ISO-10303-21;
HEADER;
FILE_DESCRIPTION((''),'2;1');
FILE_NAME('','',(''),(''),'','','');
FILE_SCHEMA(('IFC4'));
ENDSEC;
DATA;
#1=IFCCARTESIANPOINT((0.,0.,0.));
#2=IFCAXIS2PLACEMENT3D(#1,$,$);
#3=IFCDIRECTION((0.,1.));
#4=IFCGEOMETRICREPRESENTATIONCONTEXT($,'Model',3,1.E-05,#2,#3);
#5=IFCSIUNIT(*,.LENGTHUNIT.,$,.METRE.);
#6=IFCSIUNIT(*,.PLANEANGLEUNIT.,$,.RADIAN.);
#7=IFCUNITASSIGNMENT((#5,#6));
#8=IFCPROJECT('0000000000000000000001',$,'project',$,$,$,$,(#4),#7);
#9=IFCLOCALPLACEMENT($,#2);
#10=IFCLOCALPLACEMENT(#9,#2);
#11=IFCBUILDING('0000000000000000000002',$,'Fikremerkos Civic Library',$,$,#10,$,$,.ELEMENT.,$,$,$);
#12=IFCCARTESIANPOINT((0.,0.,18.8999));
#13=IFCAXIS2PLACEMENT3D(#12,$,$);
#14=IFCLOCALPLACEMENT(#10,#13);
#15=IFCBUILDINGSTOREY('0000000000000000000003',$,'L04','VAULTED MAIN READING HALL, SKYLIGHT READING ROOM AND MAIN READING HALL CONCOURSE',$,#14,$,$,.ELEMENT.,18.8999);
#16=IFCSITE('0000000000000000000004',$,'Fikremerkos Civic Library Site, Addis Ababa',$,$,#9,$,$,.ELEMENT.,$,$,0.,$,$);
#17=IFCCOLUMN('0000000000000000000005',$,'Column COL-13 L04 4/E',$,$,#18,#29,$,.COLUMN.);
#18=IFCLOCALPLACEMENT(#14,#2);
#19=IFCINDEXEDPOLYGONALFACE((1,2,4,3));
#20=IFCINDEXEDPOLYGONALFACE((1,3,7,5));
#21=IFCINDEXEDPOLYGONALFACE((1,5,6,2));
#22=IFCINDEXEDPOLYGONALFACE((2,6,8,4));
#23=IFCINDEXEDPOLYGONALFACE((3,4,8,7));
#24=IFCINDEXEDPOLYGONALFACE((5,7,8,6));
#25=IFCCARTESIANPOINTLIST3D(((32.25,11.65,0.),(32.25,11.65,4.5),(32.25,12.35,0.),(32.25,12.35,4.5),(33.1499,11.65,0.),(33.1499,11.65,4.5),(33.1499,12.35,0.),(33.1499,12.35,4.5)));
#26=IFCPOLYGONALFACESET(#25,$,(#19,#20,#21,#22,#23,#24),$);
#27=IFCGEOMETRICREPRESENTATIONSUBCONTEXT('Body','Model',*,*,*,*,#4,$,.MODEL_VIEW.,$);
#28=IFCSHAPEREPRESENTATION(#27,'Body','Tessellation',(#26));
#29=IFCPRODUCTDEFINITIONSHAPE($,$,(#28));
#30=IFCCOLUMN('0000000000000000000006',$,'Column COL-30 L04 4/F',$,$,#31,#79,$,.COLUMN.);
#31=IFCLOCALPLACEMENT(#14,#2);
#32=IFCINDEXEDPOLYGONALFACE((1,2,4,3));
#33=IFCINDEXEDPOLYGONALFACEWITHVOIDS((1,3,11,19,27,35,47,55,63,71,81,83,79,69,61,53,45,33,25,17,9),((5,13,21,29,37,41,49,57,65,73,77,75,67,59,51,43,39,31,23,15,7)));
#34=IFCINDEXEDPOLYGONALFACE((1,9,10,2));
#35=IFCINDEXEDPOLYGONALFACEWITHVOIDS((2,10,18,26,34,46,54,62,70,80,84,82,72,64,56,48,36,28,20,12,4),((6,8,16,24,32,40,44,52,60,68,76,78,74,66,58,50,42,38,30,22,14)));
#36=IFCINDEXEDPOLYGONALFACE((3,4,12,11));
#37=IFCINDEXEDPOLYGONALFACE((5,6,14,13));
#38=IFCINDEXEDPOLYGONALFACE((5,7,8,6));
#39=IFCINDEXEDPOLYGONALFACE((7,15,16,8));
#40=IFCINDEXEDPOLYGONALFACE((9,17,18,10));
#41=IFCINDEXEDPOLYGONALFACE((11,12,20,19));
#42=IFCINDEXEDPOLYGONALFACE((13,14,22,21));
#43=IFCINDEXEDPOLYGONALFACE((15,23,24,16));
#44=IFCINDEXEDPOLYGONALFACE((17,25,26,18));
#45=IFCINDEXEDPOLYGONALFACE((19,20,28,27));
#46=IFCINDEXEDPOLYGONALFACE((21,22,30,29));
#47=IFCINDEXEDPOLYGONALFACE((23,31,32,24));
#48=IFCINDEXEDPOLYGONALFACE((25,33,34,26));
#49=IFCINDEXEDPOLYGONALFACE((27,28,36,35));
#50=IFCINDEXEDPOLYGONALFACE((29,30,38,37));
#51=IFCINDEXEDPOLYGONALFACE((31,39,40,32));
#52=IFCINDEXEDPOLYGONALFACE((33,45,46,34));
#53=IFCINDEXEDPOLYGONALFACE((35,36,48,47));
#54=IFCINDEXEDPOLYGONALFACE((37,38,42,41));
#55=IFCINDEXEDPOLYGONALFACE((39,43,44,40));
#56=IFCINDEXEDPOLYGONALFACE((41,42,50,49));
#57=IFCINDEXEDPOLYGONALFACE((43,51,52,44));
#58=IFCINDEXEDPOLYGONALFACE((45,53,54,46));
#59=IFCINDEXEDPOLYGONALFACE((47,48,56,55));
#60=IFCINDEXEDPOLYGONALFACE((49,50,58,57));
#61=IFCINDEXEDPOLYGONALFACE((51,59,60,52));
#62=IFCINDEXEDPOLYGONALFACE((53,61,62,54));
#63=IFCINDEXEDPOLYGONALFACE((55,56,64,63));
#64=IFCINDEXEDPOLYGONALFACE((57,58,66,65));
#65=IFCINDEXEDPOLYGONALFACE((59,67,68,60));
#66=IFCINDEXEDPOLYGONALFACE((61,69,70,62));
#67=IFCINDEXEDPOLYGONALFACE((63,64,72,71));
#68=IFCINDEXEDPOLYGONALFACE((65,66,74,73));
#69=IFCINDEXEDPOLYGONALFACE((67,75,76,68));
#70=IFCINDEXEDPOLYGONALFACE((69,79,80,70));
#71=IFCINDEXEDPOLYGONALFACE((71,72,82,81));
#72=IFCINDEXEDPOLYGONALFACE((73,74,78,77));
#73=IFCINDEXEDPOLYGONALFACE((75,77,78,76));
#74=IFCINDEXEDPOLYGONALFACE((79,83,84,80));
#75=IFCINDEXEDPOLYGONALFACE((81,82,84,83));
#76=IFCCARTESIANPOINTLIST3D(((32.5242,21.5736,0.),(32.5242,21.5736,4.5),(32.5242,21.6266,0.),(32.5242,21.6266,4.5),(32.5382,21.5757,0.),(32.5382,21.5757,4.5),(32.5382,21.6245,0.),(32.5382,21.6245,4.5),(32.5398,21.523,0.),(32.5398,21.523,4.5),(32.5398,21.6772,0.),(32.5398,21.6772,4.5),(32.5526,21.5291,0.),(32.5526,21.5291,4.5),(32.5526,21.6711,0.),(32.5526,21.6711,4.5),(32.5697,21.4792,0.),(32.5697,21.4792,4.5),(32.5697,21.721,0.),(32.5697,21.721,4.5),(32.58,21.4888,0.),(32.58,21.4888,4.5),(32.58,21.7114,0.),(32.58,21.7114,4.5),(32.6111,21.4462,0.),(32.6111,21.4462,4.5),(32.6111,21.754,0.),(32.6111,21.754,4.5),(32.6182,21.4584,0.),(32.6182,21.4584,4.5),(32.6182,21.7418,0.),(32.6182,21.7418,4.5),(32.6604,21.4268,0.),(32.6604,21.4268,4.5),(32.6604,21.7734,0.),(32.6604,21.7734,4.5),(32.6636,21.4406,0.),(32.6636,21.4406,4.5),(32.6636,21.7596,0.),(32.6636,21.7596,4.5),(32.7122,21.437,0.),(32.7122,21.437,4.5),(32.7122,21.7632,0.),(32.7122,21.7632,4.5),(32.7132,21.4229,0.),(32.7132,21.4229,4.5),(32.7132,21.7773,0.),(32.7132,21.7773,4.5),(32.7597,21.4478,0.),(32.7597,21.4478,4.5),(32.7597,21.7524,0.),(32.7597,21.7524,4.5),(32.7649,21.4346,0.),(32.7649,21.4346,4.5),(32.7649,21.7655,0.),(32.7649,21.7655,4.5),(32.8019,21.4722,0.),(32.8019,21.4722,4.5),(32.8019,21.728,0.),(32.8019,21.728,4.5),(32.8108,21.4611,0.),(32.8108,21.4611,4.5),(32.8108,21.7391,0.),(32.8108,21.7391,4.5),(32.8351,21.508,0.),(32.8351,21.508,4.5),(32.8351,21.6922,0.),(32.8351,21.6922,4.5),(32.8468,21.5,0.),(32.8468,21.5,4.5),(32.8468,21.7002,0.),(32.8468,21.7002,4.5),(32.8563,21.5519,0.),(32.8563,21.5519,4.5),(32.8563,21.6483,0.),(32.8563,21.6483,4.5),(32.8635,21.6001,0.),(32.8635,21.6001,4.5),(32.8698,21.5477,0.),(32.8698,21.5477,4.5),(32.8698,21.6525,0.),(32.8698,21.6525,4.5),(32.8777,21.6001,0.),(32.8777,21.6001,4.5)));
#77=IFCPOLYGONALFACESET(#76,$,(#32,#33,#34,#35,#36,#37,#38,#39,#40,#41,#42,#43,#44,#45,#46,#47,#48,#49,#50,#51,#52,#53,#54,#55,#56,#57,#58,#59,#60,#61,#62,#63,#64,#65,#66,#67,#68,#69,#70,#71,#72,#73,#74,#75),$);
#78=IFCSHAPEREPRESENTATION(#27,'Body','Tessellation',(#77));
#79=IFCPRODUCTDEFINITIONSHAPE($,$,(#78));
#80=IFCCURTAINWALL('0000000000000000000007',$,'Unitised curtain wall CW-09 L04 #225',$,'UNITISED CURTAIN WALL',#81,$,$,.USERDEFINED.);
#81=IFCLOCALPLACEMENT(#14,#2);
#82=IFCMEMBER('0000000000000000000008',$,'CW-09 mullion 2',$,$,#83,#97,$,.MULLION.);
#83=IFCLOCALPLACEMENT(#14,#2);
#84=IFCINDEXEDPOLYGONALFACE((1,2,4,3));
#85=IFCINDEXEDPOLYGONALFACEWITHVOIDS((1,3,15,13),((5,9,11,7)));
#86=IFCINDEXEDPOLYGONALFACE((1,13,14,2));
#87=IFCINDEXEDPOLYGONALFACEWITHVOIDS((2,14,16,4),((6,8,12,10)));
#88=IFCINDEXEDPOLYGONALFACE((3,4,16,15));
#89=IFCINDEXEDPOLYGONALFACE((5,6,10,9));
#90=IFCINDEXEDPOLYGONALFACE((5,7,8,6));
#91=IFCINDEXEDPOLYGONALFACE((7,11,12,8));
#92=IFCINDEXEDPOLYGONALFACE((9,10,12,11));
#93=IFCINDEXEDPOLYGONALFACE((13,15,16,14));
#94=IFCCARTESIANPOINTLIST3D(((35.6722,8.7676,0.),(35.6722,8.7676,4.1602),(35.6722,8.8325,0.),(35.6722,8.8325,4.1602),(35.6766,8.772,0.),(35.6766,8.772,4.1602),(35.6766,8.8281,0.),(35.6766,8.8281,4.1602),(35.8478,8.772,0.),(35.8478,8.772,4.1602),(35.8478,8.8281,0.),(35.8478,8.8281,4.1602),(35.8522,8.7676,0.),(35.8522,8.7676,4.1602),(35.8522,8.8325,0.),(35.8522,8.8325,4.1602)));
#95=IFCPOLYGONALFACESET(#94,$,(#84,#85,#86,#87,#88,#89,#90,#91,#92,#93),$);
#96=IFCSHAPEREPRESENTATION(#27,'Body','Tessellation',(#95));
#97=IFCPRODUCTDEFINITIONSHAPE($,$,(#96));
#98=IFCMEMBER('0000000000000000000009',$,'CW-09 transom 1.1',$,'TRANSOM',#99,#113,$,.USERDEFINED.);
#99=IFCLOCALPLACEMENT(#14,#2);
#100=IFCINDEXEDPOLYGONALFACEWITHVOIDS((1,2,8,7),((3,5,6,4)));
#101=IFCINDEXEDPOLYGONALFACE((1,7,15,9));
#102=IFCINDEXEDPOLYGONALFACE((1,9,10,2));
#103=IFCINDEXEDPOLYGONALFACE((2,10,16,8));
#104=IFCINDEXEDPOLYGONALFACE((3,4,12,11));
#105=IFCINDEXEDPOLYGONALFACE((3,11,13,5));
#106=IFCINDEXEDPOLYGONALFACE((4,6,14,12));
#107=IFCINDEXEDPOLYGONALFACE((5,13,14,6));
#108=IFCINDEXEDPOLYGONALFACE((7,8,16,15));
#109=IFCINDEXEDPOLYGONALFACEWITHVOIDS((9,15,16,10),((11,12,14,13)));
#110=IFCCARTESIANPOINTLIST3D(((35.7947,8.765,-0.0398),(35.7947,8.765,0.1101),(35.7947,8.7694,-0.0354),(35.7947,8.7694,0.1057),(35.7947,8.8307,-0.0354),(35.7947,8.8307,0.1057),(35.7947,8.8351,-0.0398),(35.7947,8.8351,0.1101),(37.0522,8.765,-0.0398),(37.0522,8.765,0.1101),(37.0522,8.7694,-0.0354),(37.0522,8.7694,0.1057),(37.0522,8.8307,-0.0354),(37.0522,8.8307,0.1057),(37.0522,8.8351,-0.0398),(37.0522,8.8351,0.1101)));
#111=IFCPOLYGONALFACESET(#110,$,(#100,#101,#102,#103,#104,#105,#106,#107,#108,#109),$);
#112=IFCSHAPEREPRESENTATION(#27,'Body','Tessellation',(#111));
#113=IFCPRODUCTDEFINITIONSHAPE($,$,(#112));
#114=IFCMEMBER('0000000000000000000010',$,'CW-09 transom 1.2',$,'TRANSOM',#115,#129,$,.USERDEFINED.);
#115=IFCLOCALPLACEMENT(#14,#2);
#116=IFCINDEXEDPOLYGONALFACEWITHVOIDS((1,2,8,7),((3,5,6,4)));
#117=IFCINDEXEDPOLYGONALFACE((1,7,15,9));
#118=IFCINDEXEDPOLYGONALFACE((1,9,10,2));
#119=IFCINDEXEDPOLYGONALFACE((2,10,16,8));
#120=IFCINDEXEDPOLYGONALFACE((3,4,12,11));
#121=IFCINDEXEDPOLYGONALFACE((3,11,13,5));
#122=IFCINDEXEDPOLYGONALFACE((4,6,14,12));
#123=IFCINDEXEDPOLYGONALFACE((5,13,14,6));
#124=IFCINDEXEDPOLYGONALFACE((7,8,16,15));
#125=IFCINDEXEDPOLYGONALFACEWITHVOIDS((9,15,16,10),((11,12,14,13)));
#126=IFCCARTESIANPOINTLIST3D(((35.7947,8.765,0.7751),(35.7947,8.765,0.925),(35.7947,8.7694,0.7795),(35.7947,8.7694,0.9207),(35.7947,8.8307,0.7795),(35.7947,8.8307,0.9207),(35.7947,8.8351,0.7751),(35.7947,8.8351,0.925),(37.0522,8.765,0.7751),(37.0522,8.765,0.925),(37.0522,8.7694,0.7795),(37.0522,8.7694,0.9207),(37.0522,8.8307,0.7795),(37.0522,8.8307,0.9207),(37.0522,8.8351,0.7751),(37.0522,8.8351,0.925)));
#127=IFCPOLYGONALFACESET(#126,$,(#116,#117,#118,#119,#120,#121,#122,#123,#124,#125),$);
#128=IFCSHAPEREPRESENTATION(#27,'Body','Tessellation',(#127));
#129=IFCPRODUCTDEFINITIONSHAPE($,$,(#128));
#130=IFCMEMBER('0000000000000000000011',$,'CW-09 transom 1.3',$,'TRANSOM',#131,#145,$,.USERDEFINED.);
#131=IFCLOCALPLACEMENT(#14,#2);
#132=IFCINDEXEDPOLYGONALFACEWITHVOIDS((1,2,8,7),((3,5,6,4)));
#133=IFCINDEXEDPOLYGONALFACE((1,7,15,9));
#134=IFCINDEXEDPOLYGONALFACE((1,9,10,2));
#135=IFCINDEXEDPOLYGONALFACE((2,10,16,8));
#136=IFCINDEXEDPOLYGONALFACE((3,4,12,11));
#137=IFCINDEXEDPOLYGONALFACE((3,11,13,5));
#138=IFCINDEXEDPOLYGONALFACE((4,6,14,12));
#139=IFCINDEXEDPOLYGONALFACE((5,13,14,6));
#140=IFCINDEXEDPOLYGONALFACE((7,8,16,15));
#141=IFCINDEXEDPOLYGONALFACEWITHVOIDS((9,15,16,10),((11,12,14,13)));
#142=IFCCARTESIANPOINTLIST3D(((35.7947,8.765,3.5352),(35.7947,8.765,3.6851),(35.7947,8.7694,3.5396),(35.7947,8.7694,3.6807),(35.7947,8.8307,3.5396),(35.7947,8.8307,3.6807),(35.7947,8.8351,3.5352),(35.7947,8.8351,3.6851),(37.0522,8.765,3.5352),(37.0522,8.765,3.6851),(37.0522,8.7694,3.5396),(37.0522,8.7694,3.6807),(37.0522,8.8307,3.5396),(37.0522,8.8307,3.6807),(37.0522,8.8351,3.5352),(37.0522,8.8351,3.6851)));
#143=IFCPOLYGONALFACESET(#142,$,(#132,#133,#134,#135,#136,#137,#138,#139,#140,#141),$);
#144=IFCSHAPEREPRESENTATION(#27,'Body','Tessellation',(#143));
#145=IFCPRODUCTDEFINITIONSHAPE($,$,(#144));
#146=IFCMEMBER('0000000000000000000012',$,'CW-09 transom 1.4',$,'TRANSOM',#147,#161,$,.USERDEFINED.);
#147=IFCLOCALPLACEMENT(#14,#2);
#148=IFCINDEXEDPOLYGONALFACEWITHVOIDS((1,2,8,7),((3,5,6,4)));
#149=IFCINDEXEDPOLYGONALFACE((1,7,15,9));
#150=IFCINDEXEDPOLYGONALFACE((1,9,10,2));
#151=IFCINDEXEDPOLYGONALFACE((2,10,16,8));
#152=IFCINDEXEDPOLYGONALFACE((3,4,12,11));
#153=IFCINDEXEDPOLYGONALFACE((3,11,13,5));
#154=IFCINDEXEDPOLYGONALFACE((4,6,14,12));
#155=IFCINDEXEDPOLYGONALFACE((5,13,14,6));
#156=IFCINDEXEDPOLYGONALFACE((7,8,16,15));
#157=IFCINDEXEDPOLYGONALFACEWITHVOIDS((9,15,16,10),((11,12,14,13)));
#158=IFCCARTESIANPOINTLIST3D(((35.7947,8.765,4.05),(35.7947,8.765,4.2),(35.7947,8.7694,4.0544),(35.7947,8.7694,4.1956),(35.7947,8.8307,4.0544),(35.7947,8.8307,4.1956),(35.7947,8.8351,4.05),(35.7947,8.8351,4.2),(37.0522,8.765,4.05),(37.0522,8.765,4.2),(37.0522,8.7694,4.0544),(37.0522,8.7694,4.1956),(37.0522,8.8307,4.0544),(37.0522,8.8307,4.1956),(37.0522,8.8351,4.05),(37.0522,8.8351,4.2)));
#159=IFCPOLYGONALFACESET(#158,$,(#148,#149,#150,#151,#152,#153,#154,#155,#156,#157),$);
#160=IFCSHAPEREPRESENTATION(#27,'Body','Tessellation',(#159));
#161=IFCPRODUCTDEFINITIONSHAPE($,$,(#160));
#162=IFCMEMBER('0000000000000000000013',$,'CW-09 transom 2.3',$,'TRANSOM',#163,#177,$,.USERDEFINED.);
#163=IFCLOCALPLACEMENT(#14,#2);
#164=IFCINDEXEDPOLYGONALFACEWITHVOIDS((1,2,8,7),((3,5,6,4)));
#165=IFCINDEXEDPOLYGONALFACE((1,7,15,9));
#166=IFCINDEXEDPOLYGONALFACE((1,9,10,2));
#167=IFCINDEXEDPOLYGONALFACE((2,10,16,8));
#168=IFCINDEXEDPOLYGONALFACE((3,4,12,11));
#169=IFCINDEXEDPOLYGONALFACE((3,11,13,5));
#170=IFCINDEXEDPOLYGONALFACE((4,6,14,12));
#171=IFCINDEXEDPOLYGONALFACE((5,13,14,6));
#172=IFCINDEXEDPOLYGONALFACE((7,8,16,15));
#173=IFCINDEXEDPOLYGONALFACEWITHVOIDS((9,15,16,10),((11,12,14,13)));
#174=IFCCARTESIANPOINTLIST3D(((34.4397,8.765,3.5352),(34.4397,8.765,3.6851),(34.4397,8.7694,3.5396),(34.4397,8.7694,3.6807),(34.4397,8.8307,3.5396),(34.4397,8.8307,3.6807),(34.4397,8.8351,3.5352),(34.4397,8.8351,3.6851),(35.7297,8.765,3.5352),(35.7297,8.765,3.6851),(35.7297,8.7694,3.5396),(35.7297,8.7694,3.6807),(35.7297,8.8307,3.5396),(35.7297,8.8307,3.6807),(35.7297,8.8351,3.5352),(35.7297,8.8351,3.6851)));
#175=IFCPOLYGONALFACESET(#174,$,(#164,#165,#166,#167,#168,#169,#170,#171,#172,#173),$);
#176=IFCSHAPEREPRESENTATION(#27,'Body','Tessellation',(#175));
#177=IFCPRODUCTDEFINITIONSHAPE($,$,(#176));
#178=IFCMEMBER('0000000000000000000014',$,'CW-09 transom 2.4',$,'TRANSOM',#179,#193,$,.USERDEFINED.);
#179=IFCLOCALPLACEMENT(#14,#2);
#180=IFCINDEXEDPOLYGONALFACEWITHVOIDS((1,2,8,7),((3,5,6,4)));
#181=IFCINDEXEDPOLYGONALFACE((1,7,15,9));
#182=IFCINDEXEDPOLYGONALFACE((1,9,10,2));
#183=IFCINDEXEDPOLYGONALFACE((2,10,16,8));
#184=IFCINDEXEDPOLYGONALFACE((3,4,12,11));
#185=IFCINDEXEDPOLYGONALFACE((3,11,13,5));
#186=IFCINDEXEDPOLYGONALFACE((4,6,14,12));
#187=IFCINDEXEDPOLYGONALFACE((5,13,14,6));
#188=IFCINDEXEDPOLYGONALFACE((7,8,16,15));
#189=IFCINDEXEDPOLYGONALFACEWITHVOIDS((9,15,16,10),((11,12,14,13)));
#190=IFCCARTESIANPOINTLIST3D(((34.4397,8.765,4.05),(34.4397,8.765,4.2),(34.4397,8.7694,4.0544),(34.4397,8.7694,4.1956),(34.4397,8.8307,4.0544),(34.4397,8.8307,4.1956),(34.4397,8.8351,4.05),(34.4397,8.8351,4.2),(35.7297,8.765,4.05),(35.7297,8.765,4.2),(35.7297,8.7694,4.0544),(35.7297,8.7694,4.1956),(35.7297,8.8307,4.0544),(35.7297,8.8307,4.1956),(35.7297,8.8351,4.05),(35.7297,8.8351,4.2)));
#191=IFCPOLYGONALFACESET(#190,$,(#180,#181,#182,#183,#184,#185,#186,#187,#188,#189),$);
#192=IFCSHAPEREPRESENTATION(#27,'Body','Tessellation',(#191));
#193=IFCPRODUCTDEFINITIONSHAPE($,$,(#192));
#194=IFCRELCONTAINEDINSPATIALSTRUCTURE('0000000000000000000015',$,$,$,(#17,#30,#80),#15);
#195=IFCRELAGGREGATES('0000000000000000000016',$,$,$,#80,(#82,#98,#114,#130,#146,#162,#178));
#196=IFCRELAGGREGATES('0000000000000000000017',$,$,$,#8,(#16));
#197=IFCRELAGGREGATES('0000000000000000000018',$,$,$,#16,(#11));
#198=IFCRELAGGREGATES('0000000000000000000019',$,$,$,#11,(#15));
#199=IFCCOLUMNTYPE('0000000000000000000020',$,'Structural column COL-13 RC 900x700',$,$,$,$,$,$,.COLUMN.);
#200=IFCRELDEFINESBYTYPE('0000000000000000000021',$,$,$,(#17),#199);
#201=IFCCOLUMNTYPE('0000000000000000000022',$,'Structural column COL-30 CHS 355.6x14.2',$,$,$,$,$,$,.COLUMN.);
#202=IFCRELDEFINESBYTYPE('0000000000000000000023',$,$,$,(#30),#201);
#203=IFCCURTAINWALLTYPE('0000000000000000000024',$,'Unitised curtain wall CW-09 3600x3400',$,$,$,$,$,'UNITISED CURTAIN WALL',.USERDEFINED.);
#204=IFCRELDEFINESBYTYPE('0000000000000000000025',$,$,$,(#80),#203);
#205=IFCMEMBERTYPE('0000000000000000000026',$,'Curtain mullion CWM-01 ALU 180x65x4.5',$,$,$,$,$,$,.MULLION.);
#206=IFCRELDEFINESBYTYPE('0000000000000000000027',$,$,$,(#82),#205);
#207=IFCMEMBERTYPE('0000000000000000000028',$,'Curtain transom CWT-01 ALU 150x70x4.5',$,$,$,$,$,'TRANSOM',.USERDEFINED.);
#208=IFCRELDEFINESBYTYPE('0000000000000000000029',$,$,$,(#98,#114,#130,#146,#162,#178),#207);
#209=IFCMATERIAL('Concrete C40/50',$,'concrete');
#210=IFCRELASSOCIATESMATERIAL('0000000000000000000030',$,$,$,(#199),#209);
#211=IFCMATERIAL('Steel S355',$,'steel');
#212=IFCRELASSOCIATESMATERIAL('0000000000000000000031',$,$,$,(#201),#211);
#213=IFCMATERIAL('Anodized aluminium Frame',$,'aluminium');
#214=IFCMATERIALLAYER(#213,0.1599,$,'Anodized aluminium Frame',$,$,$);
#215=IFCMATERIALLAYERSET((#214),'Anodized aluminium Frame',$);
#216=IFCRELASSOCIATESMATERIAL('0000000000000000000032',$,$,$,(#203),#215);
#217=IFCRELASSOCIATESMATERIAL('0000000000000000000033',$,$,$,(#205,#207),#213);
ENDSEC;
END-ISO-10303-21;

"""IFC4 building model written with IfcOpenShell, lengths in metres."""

from ifc_helpers import new_model, si_unit, direction, frame, origin, origin_2d, place, context, subcontext, project, spatial, rectangle, hollow_rectangle, hollow_circle, extrude, material, layer, layer_set, material_profile, profile_set, type_object, element, aggregate, save


model = new_model("IFC4")

# Units and contexts
model_context = context("Model", 3, precision=1e-05, world=origin(), true_north=direction((0.0, 1.0)))
body_context = subcontext(model_context, "Body", "Model", "MODEL_VIEW")
ifc_project = project(units=[si_unit("LENGTHUNIT", "METRE"), si_unit("PLANEANGLEUNIT", "RADIAN")], contexts=[model_context])

# Site, building, storey
site_placement = place(None, origin())
site = spatial("IfcSite", under=ifc_project, at=site_placement, Name="Fikremerkos Civic Library Site, Addis Ababa", CompositionType="ELEMENT", RefElevation=0.0)
building_placement = place(site_placement, origin())
building = spatial("IfcBuilding", under=site, at=building_placement, Name="Fikremerkos Civic Library", CompositionType="ELEMENT")
storey_placement = place(building_placement, frame((0.0, 0.0, 18.8999)))
storey = spatial("IfcBuildingStorey", under=building, at=storey_placement, Name="L04", Description="VAULTED MAIN READING HALL, SKYLIGHT READING ROOM AND MAIN READING HALL CONCOURSE", CompositionType="ELEMENT", Elevation=18.8999)

# Columns
ifc_material_1 = material(Name="Concrete C40/50", Category="concrete")
ifc_material_profile_1 = material_profile(ifc_material_1, rectangle(XDim=0.8999, YDim=0.7, at=origin_2d()), Name="RC 900x700")
ifc_profile_set_1 = profile_set([ifc_material_profile_1], Name="Concrete C40/50")
column_type_1 = type_object("IfcColumnType", Name="Structural column COL-13 RC 900x700", PredefinedType="COLUMN", material=ifc_profile_set_1)
column_1_placement = place(storey_placement, frame((32.7, 12.0, 0.0), z_axis=(0.0, 0.0, 1.0), x_axis=(1.0, 0.0, 0.0)))
element("IfcColumn", 1, at=column_1_placement, inside=storey, type_object=column_type_1, Name="Column COL-13 L04 4/E", PredefinedType="COLUMN", context=body_context, shape_type="SweptSolid", body=[
    extrude(rectangle(XDim=0.8999, YDim=0.7, at=origin_2d()), origin(), (0.0, 0.0, 1.0), 4.5),
])
ifc_material_2 = material(Name="Steel S355", Category="steel")
ifc_material_profile_2 = material_profile(ifc_material_2, hollow_circle(Radius=0.1777, WallThickness=0.0142, at=origin_2d()), Name="CHS 355.6x14.2")
ifc_profile_set_2 = profile_set([ifc_material_profile_2], Name="Steel S355")
column_type_2 = type_object("IfcColumnType", Name="Structural column COL-30 CHS 355.6x14.2", PredefinedType="COLUMN", material=ifc_profile_set_2)
column_2_placement = place(storey_placement, frame((32.7, 21.6001, 0.0), z_axis=(0.0, 0.0, 1.0), x_axis=(1.0, 0.0, 0.0)))
element("IfcColumn", 2, at=column_2_placement, inside=storey, type_object=column_type_2, Name="Column COL-30 L04 4/F", PredefinedType="COLUMN", context=body_context, shape_type="SweptSolid", body=[
    extrude(hollow_circle(Radius=0.1777, WallThickness=0.0142, at=origin_2d()), origin(), (0.0, 0.0, 1.0), 4.5),
])

# Curtain wall, members
ifc_material_3 = material(Name="Anodized aluminium Frame", Category="aluminium")
ifc_layer_1 = layer(ifc_material_3, 0.1599, Name="Anodized aluminium Frame")
ifc_layer_set_1 = layer_set([ifc_layer_1], Name="Anodized aluminium Frame")
curtain_wall_type = type_object("IfcCurtainWallType", Name="Unitised curtain wall CW-09 3600x3400", ElementType="UNITISED CURTAIN WALL", PredefinedType="USERDEFINED", material=ifc_layer_set_1)
curtain_wall_placement = place(storey_placement, origin())
curtain_wall = element("IfcCurtainWall", 3, at=curtain_wall_placement, inside=storey, type_object=curtain_wall_type, Name="Unitised curtain wall CW-09 L04 #225", ObjectType="UNITISED CURTAIN WALL", PredefinedType="USERDEFINED")
ifc_material_profile_3 = material_profile(ifc_material_3, hollow_rectangle(XDim=0.0649, YDim=0.1799, WallThickness=0.0044, at=origin_2d()), Name="ALU 180x65x4.5")
ifc_profile_set_3 = profile_set([ifc_material_profile_3], Name="Anodized aluminium Frame")
member_type_1 = type_object("IfcMemberType", Name="Curtain mullion CWM-01 ALU 180x65x4.5", PredefinedType="MULLION", material=ifc_profile_set_3)
member_1_placement = place(storey_placement, frame((35.7622, 8.8, 0.0), z_axis=(0.0, 0.0, 1.0), x_axis=(0.0, -1.0, 0.0)))
member_1 = element("IfcMember", 4, at=member_1_placement, type_object=member_type_1, Name="CW-09 mullion 2", PredefinedType="MULLION", context=body_context, shape_type="SweptSolid", body=[
    extrude(hollow_rectangle(XDim=0.0649, YDim=0.1799, WallThickness=0.0044, at=origin_2d()), origin(), (0.0, 0.0, 1.0), 4.1602),
])
ifc_material_profile_4 = material_profile(ifc_material_3, hollow_rectangle(XDim=0.0701, YDim=0.1499, WallThickness=0.0044, at=origin_2d()), Name="ALU 150x70x4.5")
ifc_profile_set_4 = profile_set([ifc_material_profile_4], Name="Anodized aluminium Frame")
member_type_2 = type_object("IfcMemberType", Name="Curtain transom CWT-01 ALU 150x70x4.5", ElementType="TRANSOM", PredefinedType="USERDEFINED", material=ifc_profile_set_4)
member_2_placement = place(storey_placement, frame((37.0522, 8.8, 0.0352), z_axis=(-1.0, 0.0, 0.0), x_axis=(0.0, -1.0, 0.0)))
member_2 = element("IfcMember", 5, at=member_2_placement, type_object=member_type_2, Name="CW-09 transom 1.1", ObjectType="TRANSOM", PredefinedType="USERDEFINED", context=body_context, shape_type="SweptSolid", body=[
    extrude(hollow_rectangle(XDim=0.0701, YDim=0.1499, WallThickness=0.0044, at=origin_2d()), origin(), (0.0, 0.0, 1.0), 1.2576),
])
member_3_placement = place(storey_placement, frame((37.0522, 8.8, 0.8501), z_axis=(-1.0, 0.0, 0.0), x_axis=(0.0, -1.0, 0.0)))
member_3 = element("IfcMember", 6, at=member_3_placement, type_object=member_type_2, Name="CW-09 transom 1.2", ObjectType="TRANSOM", PredefinedType="USERDEFINED", context=body_context, shape_type="SweptSolid", body=[
    extrude(hollow_rectangle(XDim=0.0701, YDim=0.1499, WallThickness=0.0044, at=origin_2d()), origin(), (0.0, 0.0, 1.0), 1.2576),
])
member_4_placement = place(storey_placement, frame((37.0522, 8.8, 3.6101), z_axis=(-1.0, 0.0, 0.0), x_axis=(0.0, -1.0, 0.0)))
member_4 = element("IfcMember", 7, at=member_4_placement, type_object=member_type_2, Name="CW-09 transom 1.3", ObjectType="TRANSOM", PredefinedType="USERDEFINED", context=body_context, shape_type="SweptSolid", body=[
    extrude(hollow_rectangle(XDim=0.0701, YDim=0.1499, WallThickness=0.0044, at=origin_2d()), origin(), (0.0, 0.0, 1.0), 1.2576),
])
member_5_placement = place(storey_placement, frame((37.0522, 8.8, 4.125), z_axis=(-1.0, 0.0, 0.0), x_axis=(0.0, -1.0, 0.0)))
member_5 = element("IfcMember", 8, at=member_5_placement, type_object=member_type_2, Name="CW-09 transom 1.4", ObjectType="TRANSOM", PredefinedType="USERDEFINED", context=body_context, shape_type="SweptSolid", body=[
    extrude(hollow_rectangle(XDim=0.0701, YDim=0.1499, WallThickness=0.0044, at=origin_2d()), origin(), (0.0, 0.0, 1.0), 1.2576),
])
member_6_placement = place(storey_placement, frame((35.7297, 8.8, 3.6101), z_axis=(-1.0, 0.0, 0.0), x_axis=(0.0, -1.0, 0.0)))
member_6 = element("IfcMember", 9, at=member_6_placement, type_object=member_type_2, Name="CW-09 transom 2.3", ObjectType="TRANSOM", PredefinedType="USERDEFINED", context=body_context, shape_type="SweptSolid", body=[
    extrude(hollow_rectangle(XDim=0.0701, YDim=0.1499, WallThickness=0.0044, at=origin_2d()), origin(), (0.0, 0.0, 1.0), 1.29),
])
member_7_placement = place(storey_placement, frame((35.7297, 8.8, 4.125), z_axis=(-1.0, 0.0, 0.0), x_axis=(0.0, -1.0, 0.0)))
member_7 = element("IfcMember", 10, at=member_7_placement, type_object=member_type_2, Name="CW-09 transom 2.4", ObjectType="TRANSOM", PredefinedType="USERDEFINED", context=body_context, shape_type="SweptSolid", body=[
    extrude(hollow_rectangle(XDim=0.0701, YDim=0.1499, WallThickness=0.0044, at=origin_2d()), origin(), (0.0, 0.0, 1.0), 1.29),
])

aggregate(curtain_wall, [member_1, member_2, member_3, member_4, member_5, member_6, member_7])

save(model, "model.ifc")
